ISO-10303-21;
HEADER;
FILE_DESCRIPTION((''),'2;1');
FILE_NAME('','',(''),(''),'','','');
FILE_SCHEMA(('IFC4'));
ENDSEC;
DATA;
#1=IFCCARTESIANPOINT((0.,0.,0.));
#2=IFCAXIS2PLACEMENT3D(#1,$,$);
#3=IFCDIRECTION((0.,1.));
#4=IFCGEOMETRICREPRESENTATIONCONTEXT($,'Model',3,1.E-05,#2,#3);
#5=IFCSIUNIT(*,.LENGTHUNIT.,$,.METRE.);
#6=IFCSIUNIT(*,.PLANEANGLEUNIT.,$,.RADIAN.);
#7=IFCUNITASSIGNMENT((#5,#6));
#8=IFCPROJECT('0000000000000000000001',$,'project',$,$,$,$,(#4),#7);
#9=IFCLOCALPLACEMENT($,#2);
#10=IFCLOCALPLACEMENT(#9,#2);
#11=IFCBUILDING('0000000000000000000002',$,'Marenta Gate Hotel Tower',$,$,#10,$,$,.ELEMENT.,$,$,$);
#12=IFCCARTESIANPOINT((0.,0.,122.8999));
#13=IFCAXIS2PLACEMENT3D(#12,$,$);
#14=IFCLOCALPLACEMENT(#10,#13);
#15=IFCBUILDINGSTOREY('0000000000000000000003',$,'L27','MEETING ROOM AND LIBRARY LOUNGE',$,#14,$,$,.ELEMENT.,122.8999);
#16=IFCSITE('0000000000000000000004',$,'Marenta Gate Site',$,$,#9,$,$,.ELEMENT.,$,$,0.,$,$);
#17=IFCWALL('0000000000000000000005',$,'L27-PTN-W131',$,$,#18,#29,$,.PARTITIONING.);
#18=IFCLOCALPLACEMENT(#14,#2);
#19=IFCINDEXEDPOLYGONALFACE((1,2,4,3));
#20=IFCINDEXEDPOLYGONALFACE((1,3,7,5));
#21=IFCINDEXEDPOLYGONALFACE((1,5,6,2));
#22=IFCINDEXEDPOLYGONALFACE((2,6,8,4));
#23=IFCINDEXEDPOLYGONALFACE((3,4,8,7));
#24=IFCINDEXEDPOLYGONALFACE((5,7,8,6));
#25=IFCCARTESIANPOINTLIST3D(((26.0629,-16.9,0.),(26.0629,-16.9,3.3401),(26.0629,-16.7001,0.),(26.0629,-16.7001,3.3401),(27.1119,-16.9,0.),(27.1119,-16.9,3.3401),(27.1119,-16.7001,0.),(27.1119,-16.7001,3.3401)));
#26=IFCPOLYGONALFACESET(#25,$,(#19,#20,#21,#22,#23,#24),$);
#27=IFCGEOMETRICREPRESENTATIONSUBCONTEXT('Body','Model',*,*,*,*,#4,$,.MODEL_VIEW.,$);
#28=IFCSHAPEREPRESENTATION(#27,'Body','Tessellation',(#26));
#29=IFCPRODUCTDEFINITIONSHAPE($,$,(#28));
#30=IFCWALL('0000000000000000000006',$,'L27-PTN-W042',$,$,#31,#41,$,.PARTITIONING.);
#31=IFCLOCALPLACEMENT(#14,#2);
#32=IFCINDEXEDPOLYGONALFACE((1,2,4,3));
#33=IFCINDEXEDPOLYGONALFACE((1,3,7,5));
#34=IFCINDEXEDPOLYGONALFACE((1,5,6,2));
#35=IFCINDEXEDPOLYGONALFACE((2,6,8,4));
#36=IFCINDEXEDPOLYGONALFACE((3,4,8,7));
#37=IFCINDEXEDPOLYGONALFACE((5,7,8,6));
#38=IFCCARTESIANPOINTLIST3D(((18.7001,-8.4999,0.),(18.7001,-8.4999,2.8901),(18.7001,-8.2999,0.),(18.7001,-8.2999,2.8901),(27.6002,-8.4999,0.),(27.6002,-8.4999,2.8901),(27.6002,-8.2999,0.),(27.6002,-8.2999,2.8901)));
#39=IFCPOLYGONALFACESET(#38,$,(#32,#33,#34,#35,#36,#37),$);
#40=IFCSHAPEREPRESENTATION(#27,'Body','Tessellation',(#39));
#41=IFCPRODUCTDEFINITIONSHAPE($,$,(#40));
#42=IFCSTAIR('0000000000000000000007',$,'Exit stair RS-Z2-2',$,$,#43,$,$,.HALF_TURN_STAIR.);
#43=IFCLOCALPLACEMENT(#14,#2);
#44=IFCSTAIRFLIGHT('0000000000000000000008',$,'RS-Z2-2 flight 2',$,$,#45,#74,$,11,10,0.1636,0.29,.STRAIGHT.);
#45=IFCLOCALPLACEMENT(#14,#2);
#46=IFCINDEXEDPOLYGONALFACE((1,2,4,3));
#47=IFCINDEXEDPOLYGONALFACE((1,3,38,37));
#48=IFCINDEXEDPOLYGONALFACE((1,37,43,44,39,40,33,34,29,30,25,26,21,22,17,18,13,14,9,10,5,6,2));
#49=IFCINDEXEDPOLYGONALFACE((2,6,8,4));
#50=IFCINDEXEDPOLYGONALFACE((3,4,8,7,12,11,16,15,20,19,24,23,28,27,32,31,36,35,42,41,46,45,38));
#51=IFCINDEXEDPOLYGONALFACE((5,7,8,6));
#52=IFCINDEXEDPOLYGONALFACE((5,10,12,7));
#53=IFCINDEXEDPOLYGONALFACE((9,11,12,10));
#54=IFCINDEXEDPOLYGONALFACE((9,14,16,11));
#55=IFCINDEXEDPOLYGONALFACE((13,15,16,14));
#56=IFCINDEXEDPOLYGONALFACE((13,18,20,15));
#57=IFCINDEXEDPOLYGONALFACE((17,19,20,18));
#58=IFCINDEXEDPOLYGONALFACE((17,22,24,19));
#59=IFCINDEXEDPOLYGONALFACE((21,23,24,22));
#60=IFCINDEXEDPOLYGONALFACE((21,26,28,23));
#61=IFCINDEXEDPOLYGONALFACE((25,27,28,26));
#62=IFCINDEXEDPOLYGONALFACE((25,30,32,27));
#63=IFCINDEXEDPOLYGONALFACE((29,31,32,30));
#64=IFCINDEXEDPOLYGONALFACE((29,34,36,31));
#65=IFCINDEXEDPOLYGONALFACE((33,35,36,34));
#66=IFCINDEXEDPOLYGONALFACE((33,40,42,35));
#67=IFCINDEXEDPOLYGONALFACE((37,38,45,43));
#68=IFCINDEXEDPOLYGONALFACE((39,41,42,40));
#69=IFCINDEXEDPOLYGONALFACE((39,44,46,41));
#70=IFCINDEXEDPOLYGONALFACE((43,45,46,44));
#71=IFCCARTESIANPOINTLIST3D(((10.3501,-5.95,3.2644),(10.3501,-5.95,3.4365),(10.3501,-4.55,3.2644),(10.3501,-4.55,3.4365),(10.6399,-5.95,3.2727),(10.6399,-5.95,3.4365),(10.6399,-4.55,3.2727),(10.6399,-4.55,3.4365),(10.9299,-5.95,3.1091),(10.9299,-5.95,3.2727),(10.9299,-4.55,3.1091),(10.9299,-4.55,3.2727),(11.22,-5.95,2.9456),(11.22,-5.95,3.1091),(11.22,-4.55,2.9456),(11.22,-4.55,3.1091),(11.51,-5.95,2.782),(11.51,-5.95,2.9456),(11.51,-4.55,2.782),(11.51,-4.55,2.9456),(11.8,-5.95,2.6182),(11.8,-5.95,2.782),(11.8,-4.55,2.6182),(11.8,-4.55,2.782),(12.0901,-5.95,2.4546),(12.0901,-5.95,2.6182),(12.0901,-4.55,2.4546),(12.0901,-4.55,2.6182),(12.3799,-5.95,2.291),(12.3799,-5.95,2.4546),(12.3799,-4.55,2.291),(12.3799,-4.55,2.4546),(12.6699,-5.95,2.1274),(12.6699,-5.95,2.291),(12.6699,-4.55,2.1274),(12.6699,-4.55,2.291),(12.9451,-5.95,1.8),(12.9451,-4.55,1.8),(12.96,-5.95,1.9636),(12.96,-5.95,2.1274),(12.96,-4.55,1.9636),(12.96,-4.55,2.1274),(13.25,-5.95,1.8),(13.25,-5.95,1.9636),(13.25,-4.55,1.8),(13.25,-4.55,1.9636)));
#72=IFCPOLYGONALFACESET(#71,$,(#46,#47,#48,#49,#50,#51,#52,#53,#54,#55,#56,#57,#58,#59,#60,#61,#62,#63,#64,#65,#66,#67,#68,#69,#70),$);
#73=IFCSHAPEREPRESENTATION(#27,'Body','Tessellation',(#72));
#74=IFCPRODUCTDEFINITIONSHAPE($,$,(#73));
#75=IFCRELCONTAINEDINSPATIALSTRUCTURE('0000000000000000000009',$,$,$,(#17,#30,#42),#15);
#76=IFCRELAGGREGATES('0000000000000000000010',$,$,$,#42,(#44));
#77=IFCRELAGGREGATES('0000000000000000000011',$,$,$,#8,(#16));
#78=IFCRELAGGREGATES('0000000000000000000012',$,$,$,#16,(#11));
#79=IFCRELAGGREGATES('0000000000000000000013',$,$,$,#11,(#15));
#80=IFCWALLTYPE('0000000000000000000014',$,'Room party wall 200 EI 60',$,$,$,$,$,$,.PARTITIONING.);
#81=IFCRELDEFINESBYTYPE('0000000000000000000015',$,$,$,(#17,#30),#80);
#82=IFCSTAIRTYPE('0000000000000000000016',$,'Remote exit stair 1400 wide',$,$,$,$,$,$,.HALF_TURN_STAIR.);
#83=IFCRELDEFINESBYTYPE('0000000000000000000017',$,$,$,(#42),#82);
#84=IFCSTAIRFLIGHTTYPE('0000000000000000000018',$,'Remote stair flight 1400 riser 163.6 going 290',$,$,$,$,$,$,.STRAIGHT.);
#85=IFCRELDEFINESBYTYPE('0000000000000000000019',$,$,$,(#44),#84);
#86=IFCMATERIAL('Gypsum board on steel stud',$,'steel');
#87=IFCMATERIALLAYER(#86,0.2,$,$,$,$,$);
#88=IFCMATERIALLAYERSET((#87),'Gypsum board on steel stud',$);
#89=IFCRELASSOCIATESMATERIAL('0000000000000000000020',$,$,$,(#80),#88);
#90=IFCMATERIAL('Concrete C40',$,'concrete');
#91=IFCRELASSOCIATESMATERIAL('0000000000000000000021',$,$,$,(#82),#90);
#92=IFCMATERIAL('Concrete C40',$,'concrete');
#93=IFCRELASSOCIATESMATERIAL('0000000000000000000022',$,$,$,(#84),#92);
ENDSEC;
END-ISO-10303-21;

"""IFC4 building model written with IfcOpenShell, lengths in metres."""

from ifc_helpers import new_model, si_unit, direction, frame, frame_2d, origin, place, context, subcontext, project, spatial, polyline, rectangle, outline, extrude, material, layer, layer_set, type_object, element, aggregate, save


model = new_model("IFC4")

# Units and contexts
model_context = context("Model", 3, precision=1e-05, world=origin(), true_north=direction((0.0, 1.0)))
body_context = subcontext(model_context, "Body", "Model", "MODEL_VIEW")
ifc_project = project(units=[si_unit("LENGTHUNIT", "METRE"), si_unit("PLANEANGLEUNIT", "RADIAN")], contexts=[model_context])

# Site, building, storey
site_placement = place(None, origin())
site = spatial("IfcSite", under=ifc_project, at=site_placement, Name="Marenta Gate Site", CompositionType="ELEMENT", RefElevation=0.0)
building_placement = place(site_placement, origin())
building = spatial("IfcBuilding", under=site, at=building_placement, Name="Marenta Gate Hotel Tower", CompositionType="ELEMENT")
storey_placement = place(building_placement, frame((0.0, 0.0, 122.8999)))
storey = spatial("IfcBuildingStorey", under=building, at=storey_placement, Name="L27", Description="MEETING ROOM AND LIBRARY LOUNGE", CompositionType="ELEMENT", Elevation=122.8999)

# Walls
ifc_material_1 = material(Name="Gypsum board on steel stud", Category="steel")
ifc_layer_1 = layer(ifc_material_1, 0.2)
ifc_layer_set_1 = layer_set([ifc_layer_1], Name="Gypsum board on steel stud")
wall_type_1 = type_object("IfcWallType", Name="Room party wall 200 EI 60", PredefinedType="PARTITIONING", material=ifc_layer_set_1)
wall_1_placement = place(storey_placement, frame((26.063, -16.8, 0.0), z_axis=(0.0, 0.0, 1.0), x_axis=(1.0, 0.0, 0.0)))
element("IfcWall", 1, at=wall_1_placement, inside=storey, type_object=wall_type_1, Name="L27-PTN-W131", PredefinedType="PARTITIONING", context=body_context, shape_type="SweptSolid", body=[
    extrude(rectangle(XDim=1.0491, YDim=0.2, at=frame_2d((0.5244, 0.0))), origin(), (0.0, 0.0, 1.0), 3.3401),
])
wall_2_placement = place(storey_placement, frame((18.7, -8.3999, 0.0), z_axis=(0.0, 0.0, 1.0), x_axis=(1.0, 0.0, 0.0)))
element("IfcWall", 2, at=wall_2_placement, inside=storey, type_object=wall_type_1, Name="L27-PTN-W042", PredefinedType="PARTITIONING", context=body_context, shape_type="SweptSolid", body=[
    extrude(rectangle(XDim=8.9001, YDim=0.2, at=frame_2d((4.4502, 0.0))), origin(), (0.0, 0.0, 1.0), 2.8901),
])

# Stair, stair flight
ifc_material_2 = material(Name="Concrete C40", Category="concrete")
stair_type = type_object("IfcStairType", Name="Remote exit stair 1400 wide", PredefinedType="HALF_TURN_STAIR", material=ifc_material_2)
stair_placement = place(storey_placement, origin())
stair = element("IfcStair", 3, at=stair_placement, inside=storey, type_object=stair_type, Name="Exit stair RS-Z2-2", PredefinedType="HALF_TURN_STAIR")
ifc_material_3 = material(Name="Concrete C40", Category="concrete")
stair_flight_type = type_object("IfcStairFlightType", Name="Remote stair flight 1400 riser 163.6 going 290", PredefinedType="STRAIGHT", material=ifc_material_3)
stair_flight_placement = place(storey_placement, frame((13.25, -5.25, 1.8), z_axis=(0.0, 0.0, 1.0), x_axis=(-1.0, 0.0, 0.0)))
stair_flight = element("IfcStairFlight", 4, at=stair_flight_placement, type_object=stair_flight_type, Name="RS-Z2-2 flight 2", NumberOfRisers=11, NumberOfTreads=10, PredefinedType="STRAIGHT", RiserHeight=0.1636, TreadLength=0.29, context=body_context, shape_type="SweptSolid", body=[
    extrude(outline(polyline([(0.0, 0.0), (0.0, 0.1636), (0.29, 0.1636), (0.29, 0.3274), (0.5801, 0.3274), (0.5801, 0.491), (0.8701, 0.491), (0.8701, 0.6545), (1.1599, 0.6545), (1.1599, 0.8181), (1.45, 0.8181), (1.45, 0.9819), (1.74, 0.9819), (1.74, 1.1455), (2.03, 1.1455), (2.03, 1.3091), (2.3201, 1.3091), (2.3201, 1.4727), (2.6101, 1.4727), (2.6101, 1.6365), (2.8999, 1.6365), (2.8999, 1.8), (2.8999, 1.4644), (0.3049, 0.0), (0.0, 0.0)])), frame((0.0, 0.7, 0.0), z_axis=(0.0, -1.0, 0.0), x_axis=(1.0, 0.0, 0.0)), (0.0, 0.0, 1.0), 1.3999),
])
aggregate(stair, [stair_flight])

save(model, "model.ifc")
